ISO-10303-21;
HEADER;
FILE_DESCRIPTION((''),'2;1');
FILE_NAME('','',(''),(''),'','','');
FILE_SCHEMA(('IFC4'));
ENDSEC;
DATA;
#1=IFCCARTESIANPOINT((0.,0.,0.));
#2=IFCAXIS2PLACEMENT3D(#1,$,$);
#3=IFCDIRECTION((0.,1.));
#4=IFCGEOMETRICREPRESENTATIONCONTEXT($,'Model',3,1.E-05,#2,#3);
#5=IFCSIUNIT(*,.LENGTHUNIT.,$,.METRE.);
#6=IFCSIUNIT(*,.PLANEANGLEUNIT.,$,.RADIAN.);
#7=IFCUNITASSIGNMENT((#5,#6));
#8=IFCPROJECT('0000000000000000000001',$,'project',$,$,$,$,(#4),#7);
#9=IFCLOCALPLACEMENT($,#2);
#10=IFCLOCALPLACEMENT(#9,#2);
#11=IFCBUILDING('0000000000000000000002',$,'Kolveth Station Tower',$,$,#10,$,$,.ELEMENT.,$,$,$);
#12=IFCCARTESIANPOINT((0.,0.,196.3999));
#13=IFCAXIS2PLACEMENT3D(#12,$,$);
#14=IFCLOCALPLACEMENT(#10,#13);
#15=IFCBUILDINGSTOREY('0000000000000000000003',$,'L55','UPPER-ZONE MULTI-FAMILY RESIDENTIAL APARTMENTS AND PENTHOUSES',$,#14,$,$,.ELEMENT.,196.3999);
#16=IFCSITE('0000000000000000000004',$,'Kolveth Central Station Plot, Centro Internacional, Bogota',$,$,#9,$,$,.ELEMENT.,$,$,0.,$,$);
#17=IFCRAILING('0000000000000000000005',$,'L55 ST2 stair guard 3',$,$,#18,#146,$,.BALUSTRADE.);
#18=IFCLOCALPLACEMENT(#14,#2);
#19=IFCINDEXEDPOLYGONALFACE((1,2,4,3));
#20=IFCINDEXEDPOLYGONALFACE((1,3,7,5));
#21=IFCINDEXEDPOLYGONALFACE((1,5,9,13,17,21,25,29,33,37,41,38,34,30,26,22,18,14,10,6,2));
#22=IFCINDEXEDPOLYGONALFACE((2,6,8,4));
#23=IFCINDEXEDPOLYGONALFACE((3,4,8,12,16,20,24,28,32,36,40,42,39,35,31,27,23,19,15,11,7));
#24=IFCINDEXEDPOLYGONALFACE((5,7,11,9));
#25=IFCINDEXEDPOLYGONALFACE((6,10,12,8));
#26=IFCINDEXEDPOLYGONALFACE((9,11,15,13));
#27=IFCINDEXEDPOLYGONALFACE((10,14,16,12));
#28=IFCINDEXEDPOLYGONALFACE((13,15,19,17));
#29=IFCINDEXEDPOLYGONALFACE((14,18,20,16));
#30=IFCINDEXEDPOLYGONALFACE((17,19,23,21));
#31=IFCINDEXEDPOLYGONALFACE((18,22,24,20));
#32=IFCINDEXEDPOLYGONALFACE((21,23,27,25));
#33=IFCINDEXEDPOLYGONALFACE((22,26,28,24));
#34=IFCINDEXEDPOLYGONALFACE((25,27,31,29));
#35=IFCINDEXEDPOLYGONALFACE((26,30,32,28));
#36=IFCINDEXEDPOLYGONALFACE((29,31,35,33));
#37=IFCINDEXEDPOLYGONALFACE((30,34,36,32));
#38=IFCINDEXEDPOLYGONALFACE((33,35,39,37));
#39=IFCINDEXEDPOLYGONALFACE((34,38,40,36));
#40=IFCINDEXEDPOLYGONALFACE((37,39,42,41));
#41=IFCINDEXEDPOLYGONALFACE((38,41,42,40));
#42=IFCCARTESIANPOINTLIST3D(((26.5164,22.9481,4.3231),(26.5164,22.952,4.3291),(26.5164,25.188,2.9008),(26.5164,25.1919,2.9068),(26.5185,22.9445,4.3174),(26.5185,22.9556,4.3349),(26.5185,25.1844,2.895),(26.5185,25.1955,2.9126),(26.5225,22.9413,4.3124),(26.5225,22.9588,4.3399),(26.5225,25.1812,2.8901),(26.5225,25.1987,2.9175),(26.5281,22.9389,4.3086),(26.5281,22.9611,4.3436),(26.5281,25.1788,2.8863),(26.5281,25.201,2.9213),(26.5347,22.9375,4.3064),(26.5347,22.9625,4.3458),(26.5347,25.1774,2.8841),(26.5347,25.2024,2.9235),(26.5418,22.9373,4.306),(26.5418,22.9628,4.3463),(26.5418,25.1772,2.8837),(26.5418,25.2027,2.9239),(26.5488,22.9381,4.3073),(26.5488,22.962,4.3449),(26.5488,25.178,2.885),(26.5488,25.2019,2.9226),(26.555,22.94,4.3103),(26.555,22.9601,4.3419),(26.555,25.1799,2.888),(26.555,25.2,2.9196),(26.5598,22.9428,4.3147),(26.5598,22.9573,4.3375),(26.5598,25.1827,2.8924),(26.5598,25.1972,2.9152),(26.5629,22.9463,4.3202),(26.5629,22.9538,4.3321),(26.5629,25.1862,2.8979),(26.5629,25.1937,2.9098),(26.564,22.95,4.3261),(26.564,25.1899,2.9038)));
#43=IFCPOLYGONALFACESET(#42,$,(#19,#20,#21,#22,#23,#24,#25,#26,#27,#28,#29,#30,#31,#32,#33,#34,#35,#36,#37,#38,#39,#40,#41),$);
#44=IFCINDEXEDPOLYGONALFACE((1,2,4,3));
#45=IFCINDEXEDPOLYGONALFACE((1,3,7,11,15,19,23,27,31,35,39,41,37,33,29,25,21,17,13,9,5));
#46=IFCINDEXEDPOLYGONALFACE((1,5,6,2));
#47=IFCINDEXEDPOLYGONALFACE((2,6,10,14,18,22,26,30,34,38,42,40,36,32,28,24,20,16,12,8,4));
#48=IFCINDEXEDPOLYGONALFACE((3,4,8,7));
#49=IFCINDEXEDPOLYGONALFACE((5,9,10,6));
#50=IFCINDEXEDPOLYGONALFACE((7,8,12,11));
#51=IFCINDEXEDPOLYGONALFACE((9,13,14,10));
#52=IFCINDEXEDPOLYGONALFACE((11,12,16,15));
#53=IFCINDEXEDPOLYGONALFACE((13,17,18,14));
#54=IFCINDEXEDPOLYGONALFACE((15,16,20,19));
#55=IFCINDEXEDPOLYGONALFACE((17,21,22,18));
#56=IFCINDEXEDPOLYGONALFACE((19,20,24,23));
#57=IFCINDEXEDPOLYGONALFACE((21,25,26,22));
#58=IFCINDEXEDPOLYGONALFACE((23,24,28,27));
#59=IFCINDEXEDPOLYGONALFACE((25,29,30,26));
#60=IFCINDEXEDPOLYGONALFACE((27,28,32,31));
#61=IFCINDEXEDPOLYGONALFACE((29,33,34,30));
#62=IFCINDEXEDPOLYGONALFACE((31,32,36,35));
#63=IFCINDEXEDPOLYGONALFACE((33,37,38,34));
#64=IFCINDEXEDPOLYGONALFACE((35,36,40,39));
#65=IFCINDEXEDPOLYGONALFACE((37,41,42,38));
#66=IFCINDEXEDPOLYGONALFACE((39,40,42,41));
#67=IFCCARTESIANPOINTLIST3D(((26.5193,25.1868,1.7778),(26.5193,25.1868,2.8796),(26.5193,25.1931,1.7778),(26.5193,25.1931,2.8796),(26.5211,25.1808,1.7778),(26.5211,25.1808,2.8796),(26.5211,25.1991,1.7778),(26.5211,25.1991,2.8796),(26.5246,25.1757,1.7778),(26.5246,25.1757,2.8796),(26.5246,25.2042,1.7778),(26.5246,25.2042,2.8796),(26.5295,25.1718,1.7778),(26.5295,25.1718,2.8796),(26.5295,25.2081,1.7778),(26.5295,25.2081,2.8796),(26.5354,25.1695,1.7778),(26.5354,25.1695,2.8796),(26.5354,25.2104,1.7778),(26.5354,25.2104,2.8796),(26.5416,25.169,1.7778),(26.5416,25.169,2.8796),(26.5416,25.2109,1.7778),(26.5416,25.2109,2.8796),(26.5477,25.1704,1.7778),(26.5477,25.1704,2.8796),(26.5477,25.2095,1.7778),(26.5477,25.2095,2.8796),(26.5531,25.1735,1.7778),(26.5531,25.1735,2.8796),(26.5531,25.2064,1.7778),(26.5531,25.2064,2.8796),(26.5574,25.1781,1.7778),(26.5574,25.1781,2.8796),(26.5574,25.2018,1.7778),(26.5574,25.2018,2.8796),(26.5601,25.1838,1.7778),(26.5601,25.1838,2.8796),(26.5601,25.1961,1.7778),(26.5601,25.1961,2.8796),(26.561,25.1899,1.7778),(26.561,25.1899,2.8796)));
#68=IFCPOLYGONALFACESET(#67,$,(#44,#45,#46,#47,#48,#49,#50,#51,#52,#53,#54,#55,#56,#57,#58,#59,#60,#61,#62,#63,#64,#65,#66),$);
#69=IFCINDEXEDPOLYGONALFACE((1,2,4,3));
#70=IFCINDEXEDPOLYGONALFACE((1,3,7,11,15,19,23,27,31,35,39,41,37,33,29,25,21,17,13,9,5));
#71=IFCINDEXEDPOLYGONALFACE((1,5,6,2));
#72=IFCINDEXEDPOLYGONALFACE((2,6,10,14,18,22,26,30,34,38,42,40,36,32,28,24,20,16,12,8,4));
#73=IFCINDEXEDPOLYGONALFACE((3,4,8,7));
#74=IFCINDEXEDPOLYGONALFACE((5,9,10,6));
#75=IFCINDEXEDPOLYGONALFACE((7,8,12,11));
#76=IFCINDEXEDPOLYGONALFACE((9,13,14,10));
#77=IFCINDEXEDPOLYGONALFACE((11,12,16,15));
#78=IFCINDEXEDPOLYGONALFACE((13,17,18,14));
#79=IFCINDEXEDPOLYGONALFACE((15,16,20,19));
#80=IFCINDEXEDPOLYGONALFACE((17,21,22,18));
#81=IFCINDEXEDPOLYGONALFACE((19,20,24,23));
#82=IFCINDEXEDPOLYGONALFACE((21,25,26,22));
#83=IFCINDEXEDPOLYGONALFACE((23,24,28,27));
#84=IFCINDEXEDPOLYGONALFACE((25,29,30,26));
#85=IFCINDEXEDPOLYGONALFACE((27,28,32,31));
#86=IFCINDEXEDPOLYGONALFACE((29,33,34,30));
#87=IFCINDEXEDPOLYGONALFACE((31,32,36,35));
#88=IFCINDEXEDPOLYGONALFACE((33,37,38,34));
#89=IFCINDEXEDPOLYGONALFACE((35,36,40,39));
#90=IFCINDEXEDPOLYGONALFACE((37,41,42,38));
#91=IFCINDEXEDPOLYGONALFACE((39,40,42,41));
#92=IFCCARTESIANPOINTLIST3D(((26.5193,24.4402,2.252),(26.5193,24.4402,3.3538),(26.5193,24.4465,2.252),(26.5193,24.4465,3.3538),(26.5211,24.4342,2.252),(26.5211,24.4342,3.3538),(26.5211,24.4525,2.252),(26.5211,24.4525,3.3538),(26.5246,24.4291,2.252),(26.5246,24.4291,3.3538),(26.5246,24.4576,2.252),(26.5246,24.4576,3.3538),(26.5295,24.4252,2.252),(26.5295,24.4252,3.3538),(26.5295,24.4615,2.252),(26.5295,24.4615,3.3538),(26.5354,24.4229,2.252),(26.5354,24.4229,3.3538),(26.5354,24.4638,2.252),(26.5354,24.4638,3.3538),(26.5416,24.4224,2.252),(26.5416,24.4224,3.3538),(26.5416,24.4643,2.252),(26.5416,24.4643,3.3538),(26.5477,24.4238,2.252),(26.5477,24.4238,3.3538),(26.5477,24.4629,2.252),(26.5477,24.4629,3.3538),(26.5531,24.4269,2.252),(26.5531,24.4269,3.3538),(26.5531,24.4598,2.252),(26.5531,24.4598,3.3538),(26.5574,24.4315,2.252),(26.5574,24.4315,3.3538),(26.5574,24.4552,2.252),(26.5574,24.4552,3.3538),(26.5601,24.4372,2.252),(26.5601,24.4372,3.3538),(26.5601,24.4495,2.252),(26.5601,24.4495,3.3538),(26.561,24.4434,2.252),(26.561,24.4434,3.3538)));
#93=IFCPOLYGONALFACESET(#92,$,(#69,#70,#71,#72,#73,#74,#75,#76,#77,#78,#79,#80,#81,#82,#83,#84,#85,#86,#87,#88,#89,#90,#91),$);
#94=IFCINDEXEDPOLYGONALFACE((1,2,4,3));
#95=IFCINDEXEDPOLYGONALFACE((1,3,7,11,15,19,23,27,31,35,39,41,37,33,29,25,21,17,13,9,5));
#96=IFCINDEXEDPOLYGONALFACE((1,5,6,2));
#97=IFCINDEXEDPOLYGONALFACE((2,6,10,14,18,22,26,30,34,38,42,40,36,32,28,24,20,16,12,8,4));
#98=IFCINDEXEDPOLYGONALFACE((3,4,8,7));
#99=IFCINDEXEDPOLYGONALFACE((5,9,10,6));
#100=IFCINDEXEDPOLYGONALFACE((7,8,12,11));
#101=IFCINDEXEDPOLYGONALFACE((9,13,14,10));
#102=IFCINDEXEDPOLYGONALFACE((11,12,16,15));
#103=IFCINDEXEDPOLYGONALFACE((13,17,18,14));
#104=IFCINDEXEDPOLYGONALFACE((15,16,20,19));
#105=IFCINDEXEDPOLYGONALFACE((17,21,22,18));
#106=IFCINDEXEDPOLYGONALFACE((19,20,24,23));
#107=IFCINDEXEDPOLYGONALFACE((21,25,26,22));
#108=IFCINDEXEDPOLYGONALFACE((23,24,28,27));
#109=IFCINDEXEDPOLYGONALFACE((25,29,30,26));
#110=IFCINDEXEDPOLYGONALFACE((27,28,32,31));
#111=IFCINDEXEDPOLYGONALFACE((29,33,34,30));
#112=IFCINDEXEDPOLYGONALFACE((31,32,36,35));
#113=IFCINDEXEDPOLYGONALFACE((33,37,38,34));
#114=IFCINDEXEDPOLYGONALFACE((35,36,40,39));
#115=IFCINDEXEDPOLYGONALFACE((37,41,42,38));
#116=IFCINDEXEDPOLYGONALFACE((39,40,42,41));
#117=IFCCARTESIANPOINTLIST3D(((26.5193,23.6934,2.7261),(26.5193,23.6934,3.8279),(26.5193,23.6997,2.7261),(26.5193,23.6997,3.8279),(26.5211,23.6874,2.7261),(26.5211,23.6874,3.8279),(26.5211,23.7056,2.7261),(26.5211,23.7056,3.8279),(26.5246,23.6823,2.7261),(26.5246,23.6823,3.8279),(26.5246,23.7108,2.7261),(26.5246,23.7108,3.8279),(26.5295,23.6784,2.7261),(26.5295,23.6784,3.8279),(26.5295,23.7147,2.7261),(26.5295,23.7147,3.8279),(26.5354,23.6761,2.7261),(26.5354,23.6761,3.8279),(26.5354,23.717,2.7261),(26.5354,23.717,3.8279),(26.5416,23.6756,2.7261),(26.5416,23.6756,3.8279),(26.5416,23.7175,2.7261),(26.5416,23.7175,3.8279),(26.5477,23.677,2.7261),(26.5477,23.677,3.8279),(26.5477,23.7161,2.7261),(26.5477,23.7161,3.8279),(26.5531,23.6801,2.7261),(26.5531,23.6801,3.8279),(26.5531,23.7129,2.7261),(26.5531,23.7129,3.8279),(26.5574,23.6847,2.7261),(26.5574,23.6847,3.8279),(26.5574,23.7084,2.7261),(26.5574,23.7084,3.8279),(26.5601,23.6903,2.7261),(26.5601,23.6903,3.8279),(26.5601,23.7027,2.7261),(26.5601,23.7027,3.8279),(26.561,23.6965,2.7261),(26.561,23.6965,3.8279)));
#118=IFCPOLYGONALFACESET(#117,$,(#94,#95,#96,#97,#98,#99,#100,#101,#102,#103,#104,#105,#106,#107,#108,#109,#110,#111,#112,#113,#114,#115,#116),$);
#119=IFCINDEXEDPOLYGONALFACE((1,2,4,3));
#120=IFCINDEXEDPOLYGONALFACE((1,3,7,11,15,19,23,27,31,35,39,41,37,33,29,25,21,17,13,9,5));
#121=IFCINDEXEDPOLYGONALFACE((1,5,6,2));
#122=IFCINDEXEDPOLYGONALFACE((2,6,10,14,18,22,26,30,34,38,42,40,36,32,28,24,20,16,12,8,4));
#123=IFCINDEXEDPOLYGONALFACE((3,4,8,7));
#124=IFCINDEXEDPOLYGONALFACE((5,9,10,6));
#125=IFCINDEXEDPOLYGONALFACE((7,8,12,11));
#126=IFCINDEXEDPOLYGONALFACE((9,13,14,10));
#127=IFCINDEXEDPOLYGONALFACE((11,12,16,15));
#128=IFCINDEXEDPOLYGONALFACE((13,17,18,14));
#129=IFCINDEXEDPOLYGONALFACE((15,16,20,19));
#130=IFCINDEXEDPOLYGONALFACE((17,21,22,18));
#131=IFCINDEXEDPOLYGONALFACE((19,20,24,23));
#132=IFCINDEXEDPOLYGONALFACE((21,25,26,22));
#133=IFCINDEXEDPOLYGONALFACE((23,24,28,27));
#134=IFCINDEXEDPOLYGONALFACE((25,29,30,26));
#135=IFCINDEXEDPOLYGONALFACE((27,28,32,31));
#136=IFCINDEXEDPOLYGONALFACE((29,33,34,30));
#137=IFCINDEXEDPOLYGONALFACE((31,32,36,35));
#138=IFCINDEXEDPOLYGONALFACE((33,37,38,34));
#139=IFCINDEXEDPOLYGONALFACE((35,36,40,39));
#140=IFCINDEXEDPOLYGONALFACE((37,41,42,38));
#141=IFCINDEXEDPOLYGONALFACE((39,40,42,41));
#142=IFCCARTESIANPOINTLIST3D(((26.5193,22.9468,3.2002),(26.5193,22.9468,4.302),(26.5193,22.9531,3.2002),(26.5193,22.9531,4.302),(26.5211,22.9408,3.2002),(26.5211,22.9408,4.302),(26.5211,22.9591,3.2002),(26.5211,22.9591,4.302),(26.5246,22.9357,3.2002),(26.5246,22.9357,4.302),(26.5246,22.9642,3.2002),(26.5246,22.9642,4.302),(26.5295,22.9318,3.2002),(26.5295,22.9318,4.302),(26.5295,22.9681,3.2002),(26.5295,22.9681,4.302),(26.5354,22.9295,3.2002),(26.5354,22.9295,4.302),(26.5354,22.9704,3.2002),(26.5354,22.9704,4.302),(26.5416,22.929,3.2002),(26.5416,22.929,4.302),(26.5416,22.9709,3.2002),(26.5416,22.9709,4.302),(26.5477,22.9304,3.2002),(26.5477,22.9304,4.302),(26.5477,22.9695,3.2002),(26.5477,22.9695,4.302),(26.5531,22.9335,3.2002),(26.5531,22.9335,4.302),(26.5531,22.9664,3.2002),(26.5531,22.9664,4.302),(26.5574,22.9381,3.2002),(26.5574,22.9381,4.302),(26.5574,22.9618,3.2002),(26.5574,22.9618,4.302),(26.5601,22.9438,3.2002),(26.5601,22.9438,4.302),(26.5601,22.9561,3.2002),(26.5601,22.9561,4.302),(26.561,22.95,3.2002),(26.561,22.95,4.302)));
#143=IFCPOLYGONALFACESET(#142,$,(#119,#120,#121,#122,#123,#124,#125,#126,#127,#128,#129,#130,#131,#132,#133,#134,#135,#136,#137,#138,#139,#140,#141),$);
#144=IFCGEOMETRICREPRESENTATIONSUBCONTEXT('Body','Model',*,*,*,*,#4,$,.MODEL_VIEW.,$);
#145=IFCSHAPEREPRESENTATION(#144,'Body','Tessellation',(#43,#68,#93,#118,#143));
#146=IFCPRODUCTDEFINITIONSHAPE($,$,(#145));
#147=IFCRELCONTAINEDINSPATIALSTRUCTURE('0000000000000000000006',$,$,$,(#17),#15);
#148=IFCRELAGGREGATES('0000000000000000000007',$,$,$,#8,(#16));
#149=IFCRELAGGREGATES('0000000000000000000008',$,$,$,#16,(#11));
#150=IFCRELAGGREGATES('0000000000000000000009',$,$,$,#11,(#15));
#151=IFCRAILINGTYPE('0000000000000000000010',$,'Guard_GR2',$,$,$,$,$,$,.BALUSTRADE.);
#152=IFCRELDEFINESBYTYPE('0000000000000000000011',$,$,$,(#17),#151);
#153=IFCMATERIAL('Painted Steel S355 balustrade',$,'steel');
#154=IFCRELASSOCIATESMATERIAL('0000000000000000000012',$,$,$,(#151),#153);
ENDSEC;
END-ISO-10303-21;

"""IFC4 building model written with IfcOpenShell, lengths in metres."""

from ifc_helpers import new_model, si_unit, direction, frame, origin, origin_2d, place, context, subcontext, project, spatial, circle, extrude, material, type_object, element, save


model = new_model("IFC4")

# Units and contexts
model_context = context("Model", 3, precision=1e-05, world=origin(), true_north=direction((0.0, 1.0)))
body_context = subcontext(model_context, "Body", "Model", "MODEL_VIEW")
ifc_project = project(units=[si_unit("LENGTHUNIT", "METRE"), si_unit("PLANEANGLEUNIT", "RADIAN")], contexts=[model_context])

# Site, building, storey
site_placement = place(None, origin())
site = spatial("IfcSite", under=ifc_project, at=site_placement, Name="Kolveth Central Station Plot, Centro Internacional, Bogota", CompositionType="ELEMENT", RefElevation=0.0)
building_placement = place(site_placement, origin())
building = spatial("IfcBuilding", under=site, at=building_placement, Name="Kolveth Station Tower", CompositionType="ELEMENT")
storey_placement = place(building_placement, frame((0.0, 0.0, 196.3999)))
storey = spatial("IfcBuildingStorey", under=building, at=storey_placement, Name="L55", Description="UPPER-ZONE MULTI-FAMILY RESIDENTIAL APARTMENTS AND PENTHOUSES", CompositionType="ELEMENT", Elevation=196.3999)

# Railing
ifc_material_1 = material(Name="Painted Steel S355 balustrade", Category="steel")
railing_type_1 = type_object("IfcRailingType", Name="Guard_GR2", PredefinedType="BALUSTRADE", material=ifc_material_1)
railing_1_placement = place(storey_placement, frame((26.54, 25.1899, 1.7778)))
element("IfcRailing", 1, at=railing_1_placement, inside=storey, type_object=railing_type_1, Name="L55 ST2 stair guard 3", PredefinedType="BALUSTRADE", context=body_context, shape_type="SweptSolid", body=[
    extrude(circle(Radius=0.0239, at=origin_2d()), frame((0.0, 0.0, 1.126), z_axis=(0.0, -0.844188, 0.536048), x_axis=(1.0, 0.0, 0.0)), (0.0, 0.0, 1.0), 2.6533),
    extrude(circle(Radius=0.021, at=origin_2d()), origin(), (0.0, 0.0, 1.0), 1.1018),
    extrude(circle(Radius=0.021, at=origin_2d()), frame((0.0, -0.7466, 0.4741)), (0.0, 0.0, 1.0), 1.1018),
    extrude(circle(Radius=0.021, at=origin_2d()), frame((0.0, -1.4934, 0.9482)), (0.0, 0.0, 1.0), 1.1018),
    extrude(circle(Radius=0.021, at=origin_2d()), frame((0.0, -2.24, 1.4224)), (0.0, 0.0, 1.0), 1.1018),
])

save(model, "model.ifc")
